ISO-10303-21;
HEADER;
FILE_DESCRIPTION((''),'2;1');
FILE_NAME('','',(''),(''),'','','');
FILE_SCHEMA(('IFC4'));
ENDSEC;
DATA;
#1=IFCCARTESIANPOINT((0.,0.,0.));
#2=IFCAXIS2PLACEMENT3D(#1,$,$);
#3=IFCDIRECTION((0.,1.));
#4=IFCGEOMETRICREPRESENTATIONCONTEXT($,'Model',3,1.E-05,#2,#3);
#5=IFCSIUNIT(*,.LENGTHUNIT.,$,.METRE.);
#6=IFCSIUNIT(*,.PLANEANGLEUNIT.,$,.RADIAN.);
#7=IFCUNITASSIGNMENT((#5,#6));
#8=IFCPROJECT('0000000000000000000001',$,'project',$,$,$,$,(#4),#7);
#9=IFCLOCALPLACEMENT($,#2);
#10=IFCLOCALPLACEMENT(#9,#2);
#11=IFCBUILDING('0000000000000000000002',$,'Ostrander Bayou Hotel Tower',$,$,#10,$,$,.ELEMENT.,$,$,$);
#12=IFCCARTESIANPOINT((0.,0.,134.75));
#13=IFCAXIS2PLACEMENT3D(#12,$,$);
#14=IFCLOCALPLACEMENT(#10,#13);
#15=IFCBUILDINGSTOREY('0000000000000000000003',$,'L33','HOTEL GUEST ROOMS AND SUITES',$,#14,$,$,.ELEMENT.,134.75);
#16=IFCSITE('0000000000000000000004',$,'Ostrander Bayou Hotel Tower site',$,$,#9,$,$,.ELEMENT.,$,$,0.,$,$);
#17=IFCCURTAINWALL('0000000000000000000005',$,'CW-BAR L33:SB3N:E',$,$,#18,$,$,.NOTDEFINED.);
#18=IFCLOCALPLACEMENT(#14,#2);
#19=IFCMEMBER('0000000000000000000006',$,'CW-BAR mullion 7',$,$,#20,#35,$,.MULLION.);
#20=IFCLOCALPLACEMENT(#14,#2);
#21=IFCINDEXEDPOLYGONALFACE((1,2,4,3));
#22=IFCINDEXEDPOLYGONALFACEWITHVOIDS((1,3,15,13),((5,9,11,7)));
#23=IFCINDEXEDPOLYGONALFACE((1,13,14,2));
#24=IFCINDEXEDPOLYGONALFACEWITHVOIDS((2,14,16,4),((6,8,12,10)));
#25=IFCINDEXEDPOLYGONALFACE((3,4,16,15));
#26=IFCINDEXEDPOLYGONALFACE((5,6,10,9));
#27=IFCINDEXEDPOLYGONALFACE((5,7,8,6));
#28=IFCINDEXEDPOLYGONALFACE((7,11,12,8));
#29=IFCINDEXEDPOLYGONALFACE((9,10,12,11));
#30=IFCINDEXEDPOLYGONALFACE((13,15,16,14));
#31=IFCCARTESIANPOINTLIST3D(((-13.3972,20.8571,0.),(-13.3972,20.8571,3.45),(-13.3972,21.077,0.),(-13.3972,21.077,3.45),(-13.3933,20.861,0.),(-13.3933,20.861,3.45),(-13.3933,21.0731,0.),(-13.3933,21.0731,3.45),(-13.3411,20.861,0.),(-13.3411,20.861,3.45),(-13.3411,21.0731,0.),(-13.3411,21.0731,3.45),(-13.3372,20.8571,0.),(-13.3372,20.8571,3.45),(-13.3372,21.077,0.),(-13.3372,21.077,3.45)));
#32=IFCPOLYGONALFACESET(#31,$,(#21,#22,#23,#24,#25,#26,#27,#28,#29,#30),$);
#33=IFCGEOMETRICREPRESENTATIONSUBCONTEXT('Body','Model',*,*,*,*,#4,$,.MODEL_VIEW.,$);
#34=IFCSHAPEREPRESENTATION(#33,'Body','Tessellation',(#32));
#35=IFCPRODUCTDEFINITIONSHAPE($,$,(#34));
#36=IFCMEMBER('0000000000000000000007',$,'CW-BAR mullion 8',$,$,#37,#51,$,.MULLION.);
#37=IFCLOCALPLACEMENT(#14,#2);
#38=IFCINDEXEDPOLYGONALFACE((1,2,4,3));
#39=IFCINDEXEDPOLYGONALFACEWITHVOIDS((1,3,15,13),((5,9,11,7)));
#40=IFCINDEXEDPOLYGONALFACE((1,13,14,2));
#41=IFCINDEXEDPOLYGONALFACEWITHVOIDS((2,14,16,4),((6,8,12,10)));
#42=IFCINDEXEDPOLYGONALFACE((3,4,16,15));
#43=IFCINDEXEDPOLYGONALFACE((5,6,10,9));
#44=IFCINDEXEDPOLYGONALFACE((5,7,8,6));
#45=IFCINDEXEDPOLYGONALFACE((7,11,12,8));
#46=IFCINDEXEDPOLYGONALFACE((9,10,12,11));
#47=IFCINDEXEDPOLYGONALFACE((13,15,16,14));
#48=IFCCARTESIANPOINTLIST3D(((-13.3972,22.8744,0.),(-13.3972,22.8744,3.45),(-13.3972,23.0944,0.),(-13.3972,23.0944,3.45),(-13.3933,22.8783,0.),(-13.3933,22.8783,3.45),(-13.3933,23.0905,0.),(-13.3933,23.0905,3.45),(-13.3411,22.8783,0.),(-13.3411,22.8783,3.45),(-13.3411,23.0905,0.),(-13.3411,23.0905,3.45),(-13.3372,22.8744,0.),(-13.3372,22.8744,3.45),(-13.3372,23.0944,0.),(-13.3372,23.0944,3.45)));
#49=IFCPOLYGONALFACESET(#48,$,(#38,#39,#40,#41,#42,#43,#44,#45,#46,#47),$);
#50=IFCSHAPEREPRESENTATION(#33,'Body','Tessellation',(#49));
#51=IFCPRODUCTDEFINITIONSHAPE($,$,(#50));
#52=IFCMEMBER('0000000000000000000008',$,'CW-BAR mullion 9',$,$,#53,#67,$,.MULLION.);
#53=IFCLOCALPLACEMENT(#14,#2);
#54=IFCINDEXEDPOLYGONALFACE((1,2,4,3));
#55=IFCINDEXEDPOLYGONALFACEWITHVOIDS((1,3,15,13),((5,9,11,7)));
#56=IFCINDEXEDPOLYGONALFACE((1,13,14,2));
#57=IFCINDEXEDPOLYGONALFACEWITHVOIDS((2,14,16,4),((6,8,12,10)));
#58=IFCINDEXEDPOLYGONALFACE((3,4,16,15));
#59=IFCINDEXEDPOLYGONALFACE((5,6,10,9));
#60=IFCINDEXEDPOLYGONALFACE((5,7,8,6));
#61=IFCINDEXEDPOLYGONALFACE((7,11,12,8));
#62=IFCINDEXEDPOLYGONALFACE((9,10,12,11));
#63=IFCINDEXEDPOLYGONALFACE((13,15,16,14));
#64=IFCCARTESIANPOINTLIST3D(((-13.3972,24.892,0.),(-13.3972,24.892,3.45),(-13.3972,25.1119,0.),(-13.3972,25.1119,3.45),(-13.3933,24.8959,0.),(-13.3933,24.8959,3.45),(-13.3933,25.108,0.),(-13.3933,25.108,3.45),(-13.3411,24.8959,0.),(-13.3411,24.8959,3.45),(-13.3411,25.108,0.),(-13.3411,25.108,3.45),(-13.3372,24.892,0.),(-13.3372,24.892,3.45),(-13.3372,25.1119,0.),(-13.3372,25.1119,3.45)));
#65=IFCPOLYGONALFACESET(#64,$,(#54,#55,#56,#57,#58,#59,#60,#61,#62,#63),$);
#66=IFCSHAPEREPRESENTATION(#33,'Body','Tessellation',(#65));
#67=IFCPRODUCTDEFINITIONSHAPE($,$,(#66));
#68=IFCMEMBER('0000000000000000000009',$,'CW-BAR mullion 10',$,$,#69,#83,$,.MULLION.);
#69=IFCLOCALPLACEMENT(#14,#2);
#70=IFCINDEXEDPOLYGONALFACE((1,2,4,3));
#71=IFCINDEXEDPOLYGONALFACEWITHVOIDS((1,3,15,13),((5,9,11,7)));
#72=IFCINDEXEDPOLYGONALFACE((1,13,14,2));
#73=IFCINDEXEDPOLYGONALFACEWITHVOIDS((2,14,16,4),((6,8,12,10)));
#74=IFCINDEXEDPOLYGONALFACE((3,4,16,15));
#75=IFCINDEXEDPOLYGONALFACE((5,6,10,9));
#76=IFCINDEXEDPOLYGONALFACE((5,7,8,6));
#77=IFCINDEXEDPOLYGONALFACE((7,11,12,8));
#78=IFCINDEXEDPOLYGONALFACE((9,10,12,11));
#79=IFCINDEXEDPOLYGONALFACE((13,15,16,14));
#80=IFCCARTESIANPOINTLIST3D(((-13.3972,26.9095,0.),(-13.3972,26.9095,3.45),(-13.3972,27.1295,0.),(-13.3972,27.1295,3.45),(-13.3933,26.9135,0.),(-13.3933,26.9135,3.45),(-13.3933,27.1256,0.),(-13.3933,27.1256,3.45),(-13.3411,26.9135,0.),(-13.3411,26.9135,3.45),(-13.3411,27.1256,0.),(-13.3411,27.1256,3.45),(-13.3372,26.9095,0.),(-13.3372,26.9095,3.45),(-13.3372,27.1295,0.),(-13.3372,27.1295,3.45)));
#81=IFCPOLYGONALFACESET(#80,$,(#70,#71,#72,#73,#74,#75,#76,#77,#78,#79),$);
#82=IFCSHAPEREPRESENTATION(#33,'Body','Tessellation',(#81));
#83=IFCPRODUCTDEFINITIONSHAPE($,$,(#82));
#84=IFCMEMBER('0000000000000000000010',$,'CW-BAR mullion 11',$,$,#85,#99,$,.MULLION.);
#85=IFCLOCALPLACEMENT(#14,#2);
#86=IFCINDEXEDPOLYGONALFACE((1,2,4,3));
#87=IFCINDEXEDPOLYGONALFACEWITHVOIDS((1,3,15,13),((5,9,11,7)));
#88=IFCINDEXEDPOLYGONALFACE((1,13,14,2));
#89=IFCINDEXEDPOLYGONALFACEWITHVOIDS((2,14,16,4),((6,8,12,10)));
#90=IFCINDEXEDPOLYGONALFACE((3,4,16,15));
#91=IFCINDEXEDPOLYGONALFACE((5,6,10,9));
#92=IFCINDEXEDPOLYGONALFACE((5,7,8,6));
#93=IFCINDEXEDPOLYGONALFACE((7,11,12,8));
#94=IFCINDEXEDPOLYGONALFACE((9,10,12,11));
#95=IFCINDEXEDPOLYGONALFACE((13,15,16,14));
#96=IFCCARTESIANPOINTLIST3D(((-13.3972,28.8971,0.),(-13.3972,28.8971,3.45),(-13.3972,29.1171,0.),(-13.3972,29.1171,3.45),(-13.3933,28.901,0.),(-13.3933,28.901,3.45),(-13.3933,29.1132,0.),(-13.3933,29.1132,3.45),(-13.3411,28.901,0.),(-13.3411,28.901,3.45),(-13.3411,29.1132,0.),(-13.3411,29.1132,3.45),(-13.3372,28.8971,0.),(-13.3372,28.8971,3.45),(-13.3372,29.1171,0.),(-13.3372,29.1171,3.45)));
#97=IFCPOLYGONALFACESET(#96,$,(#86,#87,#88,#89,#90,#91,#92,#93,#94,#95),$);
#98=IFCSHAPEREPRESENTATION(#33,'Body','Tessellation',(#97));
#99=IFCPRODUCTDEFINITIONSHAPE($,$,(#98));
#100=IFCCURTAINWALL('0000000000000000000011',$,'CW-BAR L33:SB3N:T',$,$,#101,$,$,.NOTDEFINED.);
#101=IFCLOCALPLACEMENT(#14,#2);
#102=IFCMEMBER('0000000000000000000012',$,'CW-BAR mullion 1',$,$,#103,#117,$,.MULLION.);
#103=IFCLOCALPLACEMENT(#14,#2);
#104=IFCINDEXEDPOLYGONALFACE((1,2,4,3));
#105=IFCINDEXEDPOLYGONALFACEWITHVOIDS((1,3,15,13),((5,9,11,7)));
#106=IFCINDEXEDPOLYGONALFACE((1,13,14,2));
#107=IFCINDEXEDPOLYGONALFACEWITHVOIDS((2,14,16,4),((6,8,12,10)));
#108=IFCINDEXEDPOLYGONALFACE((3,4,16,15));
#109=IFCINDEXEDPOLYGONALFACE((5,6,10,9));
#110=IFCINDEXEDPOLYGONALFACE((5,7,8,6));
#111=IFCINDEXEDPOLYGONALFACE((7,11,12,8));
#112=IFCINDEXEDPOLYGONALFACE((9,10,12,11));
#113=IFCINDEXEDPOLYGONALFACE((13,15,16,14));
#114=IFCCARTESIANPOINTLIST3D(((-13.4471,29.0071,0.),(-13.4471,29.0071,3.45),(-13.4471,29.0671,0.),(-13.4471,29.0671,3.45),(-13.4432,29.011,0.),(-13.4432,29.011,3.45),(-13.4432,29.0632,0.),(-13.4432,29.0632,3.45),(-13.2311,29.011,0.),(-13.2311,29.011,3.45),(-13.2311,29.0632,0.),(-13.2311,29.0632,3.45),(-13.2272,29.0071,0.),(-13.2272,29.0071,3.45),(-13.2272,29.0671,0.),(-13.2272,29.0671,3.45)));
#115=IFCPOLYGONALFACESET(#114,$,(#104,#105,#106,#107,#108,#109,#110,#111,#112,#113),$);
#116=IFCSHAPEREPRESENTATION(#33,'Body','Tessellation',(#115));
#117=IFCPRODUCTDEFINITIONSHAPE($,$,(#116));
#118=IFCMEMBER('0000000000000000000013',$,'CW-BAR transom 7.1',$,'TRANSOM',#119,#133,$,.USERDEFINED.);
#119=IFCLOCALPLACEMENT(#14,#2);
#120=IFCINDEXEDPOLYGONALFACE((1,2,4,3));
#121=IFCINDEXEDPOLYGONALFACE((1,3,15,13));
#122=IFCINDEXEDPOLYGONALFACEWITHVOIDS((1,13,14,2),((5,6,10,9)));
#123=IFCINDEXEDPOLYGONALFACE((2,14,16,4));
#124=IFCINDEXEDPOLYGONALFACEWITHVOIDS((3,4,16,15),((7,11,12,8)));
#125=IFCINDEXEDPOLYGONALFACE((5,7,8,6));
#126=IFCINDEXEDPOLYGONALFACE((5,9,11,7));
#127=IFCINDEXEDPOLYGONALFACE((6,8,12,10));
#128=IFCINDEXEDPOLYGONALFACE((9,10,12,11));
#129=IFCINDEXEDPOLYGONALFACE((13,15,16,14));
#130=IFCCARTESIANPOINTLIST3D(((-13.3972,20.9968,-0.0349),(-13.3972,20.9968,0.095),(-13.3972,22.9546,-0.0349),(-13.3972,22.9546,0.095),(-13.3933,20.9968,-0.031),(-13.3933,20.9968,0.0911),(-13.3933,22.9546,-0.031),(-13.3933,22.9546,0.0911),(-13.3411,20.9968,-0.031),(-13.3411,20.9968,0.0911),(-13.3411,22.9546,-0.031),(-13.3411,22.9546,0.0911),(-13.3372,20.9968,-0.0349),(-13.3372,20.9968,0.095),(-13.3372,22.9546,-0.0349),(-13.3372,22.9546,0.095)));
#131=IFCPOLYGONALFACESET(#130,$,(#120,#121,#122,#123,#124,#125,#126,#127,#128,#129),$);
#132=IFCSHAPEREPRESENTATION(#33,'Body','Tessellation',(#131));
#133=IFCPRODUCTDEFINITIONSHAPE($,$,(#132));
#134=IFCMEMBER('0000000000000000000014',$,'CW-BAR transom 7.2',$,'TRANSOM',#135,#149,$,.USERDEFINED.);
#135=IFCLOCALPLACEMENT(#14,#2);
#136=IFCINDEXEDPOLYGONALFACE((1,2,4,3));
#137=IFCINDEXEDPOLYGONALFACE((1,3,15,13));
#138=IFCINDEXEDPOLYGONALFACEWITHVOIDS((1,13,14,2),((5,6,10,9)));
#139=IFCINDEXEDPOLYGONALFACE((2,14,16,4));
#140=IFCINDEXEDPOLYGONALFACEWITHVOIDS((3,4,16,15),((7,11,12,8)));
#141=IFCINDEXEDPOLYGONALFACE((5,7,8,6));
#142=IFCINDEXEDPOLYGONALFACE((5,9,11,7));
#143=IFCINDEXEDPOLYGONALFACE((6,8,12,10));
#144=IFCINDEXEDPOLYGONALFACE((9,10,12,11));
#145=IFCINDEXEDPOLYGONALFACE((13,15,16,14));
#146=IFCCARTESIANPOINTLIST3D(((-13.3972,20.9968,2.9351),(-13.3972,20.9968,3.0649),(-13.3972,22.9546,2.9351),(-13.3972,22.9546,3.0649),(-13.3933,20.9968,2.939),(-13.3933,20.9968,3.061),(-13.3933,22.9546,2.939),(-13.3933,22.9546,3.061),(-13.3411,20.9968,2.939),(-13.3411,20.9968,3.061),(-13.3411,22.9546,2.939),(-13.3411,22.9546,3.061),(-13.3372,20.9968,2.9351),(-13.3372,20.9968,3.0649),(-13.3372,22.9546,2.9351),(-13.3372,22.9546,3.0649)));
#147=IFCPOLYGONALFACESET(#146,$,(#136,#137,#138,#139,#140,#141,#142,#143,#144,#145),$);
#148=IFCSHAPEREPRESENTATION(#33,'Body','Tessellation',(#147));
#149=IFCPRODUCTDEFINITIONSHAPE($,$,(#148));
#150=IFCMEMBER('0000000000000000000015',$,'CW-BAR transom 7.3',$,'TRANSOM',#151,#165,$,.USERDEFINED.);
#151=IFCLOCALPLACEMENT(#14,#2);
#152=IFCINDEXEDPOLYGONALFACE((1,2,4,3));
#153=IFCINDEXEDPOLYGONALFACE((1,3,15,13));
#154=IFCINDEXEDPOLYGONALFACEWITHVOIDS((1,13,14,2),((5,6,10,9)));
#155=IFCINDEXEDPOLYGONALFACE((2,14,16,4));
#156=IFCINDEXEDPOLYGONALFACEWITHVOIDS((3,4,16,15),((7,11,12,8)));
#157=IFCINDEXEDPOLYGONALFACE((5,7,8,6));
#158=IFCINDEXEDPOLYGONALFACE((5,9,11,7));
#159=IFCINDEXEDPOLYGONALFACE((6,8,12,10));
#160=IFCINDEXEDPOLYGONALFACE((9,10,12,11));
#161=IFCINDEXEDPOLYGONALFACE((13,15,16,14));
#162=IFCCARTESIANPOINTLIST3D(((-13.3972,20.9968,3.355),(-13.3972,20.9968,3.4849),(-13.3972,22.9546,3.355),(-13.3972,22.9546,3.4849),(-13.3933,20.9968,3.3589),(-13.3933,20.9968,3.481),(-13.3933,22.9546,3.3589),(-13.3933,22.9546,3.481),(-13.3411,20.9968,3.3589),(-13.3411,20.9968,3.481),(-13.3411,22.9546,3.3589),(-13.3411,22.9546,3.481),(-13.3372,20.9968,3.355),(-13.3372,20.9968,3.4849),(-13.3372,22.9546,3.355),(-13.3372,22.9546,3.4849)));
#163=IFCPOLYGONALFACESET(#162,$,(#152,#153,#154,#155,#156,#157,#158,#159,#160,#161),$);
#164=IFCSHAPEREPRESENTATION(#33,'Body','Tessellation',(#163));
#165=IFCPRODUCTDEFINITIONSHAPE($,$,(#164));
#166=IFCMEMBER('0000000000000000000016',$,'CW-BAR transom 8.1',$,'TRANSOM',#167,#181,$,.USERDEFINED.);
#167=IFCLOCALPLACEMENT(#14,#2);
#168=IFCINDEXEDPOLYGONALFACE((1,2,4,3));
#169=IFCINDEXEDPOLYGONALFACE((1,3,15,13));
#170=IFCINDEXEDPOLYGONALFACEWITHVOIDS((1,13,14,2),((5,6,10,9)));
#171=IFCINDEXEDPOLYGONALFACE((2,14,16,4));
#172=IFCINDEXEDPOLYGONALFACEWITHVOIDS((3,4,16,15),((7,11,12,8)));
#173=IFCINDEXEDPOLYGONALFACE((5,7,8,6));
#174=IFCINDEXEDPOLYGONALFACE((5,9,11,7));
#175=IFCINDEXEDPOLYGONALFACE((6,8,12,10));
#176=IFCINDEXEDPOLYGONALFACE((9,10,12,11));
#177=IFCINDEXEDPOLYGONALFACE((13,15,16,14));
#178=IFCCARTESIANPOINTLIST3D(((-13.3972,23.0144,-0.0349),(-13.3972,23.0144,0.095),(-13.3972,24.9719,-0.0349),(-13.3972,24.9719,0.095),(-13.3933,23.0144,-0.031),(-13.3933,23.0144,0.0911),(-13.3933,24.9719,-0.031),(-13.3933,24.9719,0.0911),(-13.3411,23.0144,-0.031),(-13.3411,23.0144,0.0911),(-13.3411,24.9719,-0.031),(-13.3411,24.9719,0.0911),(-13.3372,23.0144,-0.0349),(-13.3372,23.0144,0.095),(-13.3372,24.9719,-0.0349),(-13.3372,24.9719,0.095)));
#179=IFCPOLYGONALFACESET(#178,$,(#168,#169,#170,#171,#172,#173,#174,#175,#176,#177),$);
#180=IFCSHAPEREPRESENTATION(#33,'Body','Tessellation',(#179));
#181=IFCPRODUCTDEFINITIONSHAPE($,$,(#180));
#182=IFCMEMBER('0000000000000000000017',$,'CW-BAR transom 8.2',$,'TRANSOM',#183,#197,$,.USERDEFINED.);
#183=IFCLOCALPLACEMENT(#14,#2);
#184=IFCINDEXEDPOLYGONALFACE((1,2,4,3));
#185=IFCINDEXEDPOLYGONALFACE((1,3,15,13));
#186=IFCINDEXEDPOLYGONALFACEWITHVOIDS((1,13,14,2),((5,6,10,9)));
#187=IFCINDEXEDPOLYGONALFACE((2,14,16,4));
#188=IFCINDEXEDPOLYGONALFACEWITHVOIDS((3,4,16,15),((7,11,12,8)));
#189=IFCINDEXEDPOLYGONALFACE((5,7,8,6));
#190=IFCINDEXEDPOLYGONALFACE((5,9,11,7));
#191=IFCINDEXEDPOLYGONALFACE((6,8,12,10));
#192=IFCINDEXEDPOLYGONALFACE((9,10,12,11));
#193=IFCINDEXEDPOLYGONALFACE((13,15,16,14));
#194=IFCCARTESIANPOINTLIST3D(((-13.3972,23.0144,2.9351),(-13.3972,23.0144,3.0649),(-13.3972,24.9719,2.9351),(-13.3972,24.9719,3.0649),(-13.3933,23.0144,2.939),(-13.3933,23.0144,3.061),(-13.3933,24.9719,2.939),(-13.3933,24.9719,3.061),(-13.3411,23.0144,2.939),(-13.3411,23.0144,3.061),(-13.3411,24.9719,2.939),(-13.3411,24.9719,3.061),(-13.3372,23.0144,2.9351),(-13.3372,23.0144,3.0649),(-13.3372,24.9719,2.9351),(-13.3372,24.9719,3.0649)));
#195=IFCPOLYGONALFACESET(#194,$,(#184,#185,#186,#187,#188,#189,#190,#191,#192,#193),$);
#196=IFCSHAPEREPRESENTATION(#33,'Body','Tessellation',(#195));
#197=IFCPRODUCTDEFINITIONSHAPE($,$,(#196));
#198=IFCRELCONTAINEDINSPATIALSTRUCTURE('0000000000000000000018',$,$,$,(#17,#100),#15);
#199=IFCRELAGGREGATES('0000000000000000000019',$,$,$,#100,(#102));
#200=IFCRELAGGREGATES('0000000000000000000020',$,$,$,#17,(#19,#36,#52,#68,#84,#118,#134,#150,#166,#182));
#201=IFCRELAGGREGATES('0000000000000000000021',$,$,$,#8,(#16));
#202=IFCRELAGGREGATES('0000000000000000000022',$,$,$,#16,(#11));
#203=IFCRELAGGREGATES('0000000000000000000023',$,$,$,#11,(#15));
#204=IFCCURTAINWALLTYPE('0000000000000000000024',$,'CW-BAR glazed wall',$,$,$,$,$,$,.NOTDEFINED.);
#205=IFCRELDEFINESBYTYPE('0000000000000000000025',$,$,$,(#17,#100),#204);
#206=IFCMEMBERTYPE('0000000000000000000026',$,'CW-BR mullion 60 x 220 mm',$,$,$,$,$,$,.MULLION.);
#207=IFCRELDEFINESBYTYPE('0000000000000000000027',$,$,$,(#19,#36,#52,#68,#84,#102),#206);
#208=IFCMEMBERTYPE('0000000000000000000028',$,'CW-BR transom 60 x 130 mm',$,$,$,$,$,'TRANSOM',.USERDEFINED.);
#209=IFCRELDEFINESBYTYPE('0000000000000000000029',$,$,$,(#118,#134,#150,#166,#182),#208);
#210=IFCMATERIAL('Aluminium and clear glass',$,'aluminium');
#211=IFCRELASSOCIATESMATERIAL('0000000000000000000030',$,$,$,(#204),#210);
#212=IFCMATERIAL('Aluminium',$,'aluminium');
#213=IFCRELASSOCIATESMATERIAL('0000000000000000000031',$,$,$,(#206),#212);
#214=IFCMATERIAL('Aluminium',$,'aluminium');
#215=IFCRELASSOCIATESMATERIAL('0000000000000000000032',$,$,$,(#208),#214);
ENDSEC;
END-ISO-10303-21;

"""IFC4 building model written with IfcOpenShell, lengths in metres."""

from ifc_helpers import new_model, si_unit, direction, frame, origin, origin_2d, place, context, subcontext, project, spatial, hollow_rectangle, extrude, material, material_profile, profile_set, type_object, element, aggregate, save


model = new_model("IFC4")

# Units and contexts
model_context = context("Model", 3, precision=1e-05, world=origin(), true_north=direction((0.0, 1.0)))
body_context = subcontext(model_context, "Body", "Model", "MODEL_VIEW")
ifc_project = project(units=[si_unit("LENGTHUNIT", "METRE"), si_unit("PLANEANGLEUNIT", "RADIAN")], contexts=[model_context])

# Site, building, storey
site_placement = place(None, origin())
site = spatial("IfcSite", under=ifc_project, at=site_placement, Name="Ostrander Bayou Hotel Tower site", CompositionType="ELEMENT", RefElevation=0.0)
building_placement = place(site_placement, origin())
building = spatial("IfcBuilding", under=site, at=building_placement, Name="Ostrander Bayou Hotel Tower", CompositionType="ELEMENT")
storey_placement = place(building_placement, frame((0.0, 0.0, 134.75)))
storey = spatial("IfcBuildingStorey", under=building, at=storey_placement, Name="L33", Description="HOTEL GUEST ROOMS AND SUITES", CompositionType="ELEMENT", Elevation=134.75)

# Curtain wall, members
ifc_material_1 = material(Name="Aluminium and clear glass", Category="aluminium")
curtain_wall_type = type_object("IfcCurtainWallType", Name="CW-BAR glazed wall", PredefinedType="NOTDEFINED", material=ifc_material_1)
curtain_wall_1_placement = place(storey_placement, origin())
curtain_wall_1 = element("IfcCurtainWall", 1, at=curtain_wall_1_placement, inside=storey, type_object=curtain_wall_type, Name="CW-BAR L33:SB3N:E", PredefinedType="NOTDEFINED")
ifc_material_2 = material(Name="Aluminium", Category="aluminium")
ifc_material_profile_1 = material_profile(ifc_material_2, hollow_rectangle(XDim=0.0601, YDim=0.22, WallThickness=0.0039, at=origin_2d()))
ifc_profile_set_1 = profile_set([ifc_material_profile_1], Name="Aluminium")
member_type_1 = type_object("IfcMemberType", Name="CW-BR mullion 60 x 220 mm", PredefinedType="MULLION", material=ifc_profile_set_1)
member_1_placement = place(storey_placement, frame((-13.3672, 20.967, 0.0), z_axis=(0.0, 0.0, 1.0), x_axis=(-1.0, 0.0, 0.0)))
member_1 = element("IfcMember", 2, at=member_1_placement, type_object=member_type_1, Name="CW-BAR mullion 7", PredefinedType="MULLION", context=body_context, shape_type="SweptSolid", body=[
    extrude(hollow_rectangle(XDim=0.0601, YDim=0.22, WallThickness=0.0039, at=origin_2d()), origin(), (0.0, 0.0, 1.0), 3.45),
])
member_2_placement = place(storey_placement, frame((-13.3672, 22.9844, 0.0), z_axis=(0.0, 0.0, 1.0), x_axis=(-1.0, 0.0, 0.0)))
member_2 = element("IfcMember", 3, at=member_2_placement, type_object=member_type_1, Name="CW-BAR mullion 8", PredefinedType="MULLION", context=body_context, shape_type="SweptSolid", body=[
    extrude(hollow_rectangle(XDim=0.0601, YDim=0.22, WallThickness=0.0039, at=origin_2d()), origin(), (0.0, 0.0, 1.0), 3.45),
])
member_3_placement = place(storey_placement, frame((-13.3672, 25.002, 0.0), z_axis=(0.0, 0.0, 1.0), x_axis=(-1.0, 0.0, 0.0)))
member_3 = element("IfcMember", 4, at=member_3_placement, type_object=member_type_1, Name="CW-BAR mullion 9", PredefinedType="MULLION", context=body_context, shape_type="SweptSolid", body=[
    extrude(hollow_rectangle(XDim=0.0601, YDim=0.22, WallThickness=0.0039, at=origin_2d()), origin(), (0.0, 0.0, 1.0), 3.45),
])
member_4_placement = place(storey_placement, frame((-13.3672, 27.0195, 0.0), z_axis=(0.0, 0.0, 1.0), x_axis=(-1.0, 0.0, 0.0)))
member_4 = element("IfcMember", 5, at=member_4_placement, type_object=member_type_1, Name="CW-BAR mullion 10", PredefinedType="MULLION", context=body_context, shape_type="SweptSolid", body=[
    extrude(hollow_rectangle(XDim=0.0601, YDim=0.22, WallThickness=0.0039, at=origin_2d()), origin(), (0.0, 0.0, 1.0), 3.45),
])
member_5_placement = place(storey_placement, frame((-13.3672, 29.0071, 0.0), z_axis=(0.0, 0.0, 1.0), x_axis=(-1.0, 0.0, 0.0)))
member_5 = element("IfcMember", 6, at=member_5_placement, type_object=member_type_1, Name="CW-BAR mullion 11", PredefinedType="MULLION", context=body_context, shape_type="SweptSolid", body=[
    extrude(hollow_rectangle(XDim=0.0601, YDim=0.22, WallThickness=0.0039, at=origin_2d()), origin(), (0.0, 0.0, 1.0), 3.45),
])

# Curtain wall, member
curtain_wall_2_placement = place(storey_placement, origin())
curtain_wall_2 = element("IfcCurtainWall", 7, at=curtain_wall_2_placement, inside=storey, type_object=curtain_wall_type, Name="CW-BAR L33:SB3N:T", PredefinedType="NOTDEFINED")
member_6_placement = place(storey_placement, frame((-13.3372, 29.0371, 0.0), z_axis=(0.0, 0.0, 1.0), x_axis=(0.0, 1.0, 0.0)))
member_6 = element("IfcMember", 8, at=member_6_placement, type_object=member_type_1, Name="CW-BAR mullion 1", PredefinedType="MULLION", context=body_context, shape_type="SweptSolid", body=[
    extrude(hollow_rectangle(XDim=0.0601, YDim=0.22, WallThickness=0.0039, at=origin_2d()), origin(), (0.0, 0.0, 1.0), 3.45),
])

# Members
ifc_material_3 = material(Name="Aluminium", Category="aluminium")
ifc_material_profile_2 = material_profile(ifc_material_3, hollow_rectangle(XDim=0.0601, YDim=0.1299, WallThickness=0.0039, at=origin_2d()))
ifc_profile_set_2 = profile_set([ifc_material_profile_2], Name="Aluminium")
member_type_2 = type_object("IfcMemberType", Name="CW-BR transom 60 x 130 mm", ElementType="TRANSOM", PredefinedType="USERDEFINED", material=ifc_profile_set_2)
member_7_placement = place(storey_placement, frame((-13.3672, 20.9968, 0.03), z_axis=(0.0, 1.0, 0.0), x_axis=(-1.0, 0.0, 0.0)))
member_7 = element("IfcMember", 9, at=member_7_placement, type_object=member_type_2, Name="CW-BAR transom 7.1", ObjectType="TRANSOM", PredefinedType="USERDEFINED", context=body_context, shape_type="SweptSolid", body=[
    extrude(hollow_rectangle(XDim=0.0601, YDim=0.1299, WallThickness=0.0039, at=origin_2d()), origin(), (0.0, 0.0, 1.0), 1.9578),
])
member_8_placement = place(storey_placement, frame((-13.3672, 20.9968, 3.0), z_axis=(0.0, 1.0, 0.0), x_axis=(-1.0, 0.0, 0.0)))
member_8 = element("IfcMember", 10, at=member_8_placement, type_object=member_type_2, Name="CW-BAR transom 7.2", ObjectType="TRANSOM", PredefinedType="USERDEFINED", context=body_context, shape_type="SweptSolid", body=[
    extrude(hollow_rectangle(XDim=0.0601, YDim=0.1299, WallThickness=0.0039, at=origin_2d()), origin(), (0.0, 0.0, 1.0), 1.9578),
])
member_9_placement = place(storey_placement, frame((-13.3672, 20.9968, 3.4199), z_axis=(0.0, 1.0, 0.0), x_axis=(-1.0, 0.0, 0.0)))
member_9 = element("IfcMember", 11, at=member_9_placement, type_object=member_type_2, Name="CW-BAR transom 7.3", ObjectType="TRANSOM", PredefinedType="USERDEFINED", context=body_context, shape_type="SweptSolid", body=[
    extrude(hollow_rectangle(XDim=0.0601, YDim=0.1299, WallThickness=0.0039, at=origin_2d()), origin(), (0.0, 0.0, 1.0), 1.9578),
])
member_10_placement = place(storey_placement, frame((-13.3672, 23.0144, 0.03), z_axis=(0.0, 1.0, 0.0), x_axis=(-1.0, 0.0, 0.0)))
member_10 = element("IfcMember", 12, at=member_10_placement, type_object=member_type_2, Name="CW-BAR transom 8.1", ObjectType="TRANSOM", PredefinedType="USERDEFINED", context=body_context, shape_type="SweptSolid", body=[
    extrude(hollow_rectangle(XDim=0.0601, YDim=0.1299, WallThickness=0.0039, at=origin_2d()), origin(), (0.0, 0.0, 1.0), 1.9575),
])
member_11_placement = place(storey_placement, frame((-13.3672, 23.0144, 3.0), z_axis=(0.0, 1.0, 0.0), x_axis=(-1.0, 0.0, 0.0)))
member_11 = element("IfcMember", 13, at=member_11_placement, type_object=member_type_2, Name="CW-BAR transom 8.2", ObjectType="TRANSOM", PredefinedType="USERDEFINED", context=body_context, shape_type="SweptSolid", body=[
    extrude(hollow_rectangle(XDim=0.0601, YDim=0.1299, WallThickness=0.0039, at=origin_2d()), origin(), (0.0, 0.0, 1.0), 1.9575),
])
aggregate(curtain_wall_2, [member_6])

aggregate(curtain_wall_1, [member_1, member_2, member_3, member_4, member_5, member_7, member_8, member_9, member_10, member_11])

save(model, "model.ifc")
